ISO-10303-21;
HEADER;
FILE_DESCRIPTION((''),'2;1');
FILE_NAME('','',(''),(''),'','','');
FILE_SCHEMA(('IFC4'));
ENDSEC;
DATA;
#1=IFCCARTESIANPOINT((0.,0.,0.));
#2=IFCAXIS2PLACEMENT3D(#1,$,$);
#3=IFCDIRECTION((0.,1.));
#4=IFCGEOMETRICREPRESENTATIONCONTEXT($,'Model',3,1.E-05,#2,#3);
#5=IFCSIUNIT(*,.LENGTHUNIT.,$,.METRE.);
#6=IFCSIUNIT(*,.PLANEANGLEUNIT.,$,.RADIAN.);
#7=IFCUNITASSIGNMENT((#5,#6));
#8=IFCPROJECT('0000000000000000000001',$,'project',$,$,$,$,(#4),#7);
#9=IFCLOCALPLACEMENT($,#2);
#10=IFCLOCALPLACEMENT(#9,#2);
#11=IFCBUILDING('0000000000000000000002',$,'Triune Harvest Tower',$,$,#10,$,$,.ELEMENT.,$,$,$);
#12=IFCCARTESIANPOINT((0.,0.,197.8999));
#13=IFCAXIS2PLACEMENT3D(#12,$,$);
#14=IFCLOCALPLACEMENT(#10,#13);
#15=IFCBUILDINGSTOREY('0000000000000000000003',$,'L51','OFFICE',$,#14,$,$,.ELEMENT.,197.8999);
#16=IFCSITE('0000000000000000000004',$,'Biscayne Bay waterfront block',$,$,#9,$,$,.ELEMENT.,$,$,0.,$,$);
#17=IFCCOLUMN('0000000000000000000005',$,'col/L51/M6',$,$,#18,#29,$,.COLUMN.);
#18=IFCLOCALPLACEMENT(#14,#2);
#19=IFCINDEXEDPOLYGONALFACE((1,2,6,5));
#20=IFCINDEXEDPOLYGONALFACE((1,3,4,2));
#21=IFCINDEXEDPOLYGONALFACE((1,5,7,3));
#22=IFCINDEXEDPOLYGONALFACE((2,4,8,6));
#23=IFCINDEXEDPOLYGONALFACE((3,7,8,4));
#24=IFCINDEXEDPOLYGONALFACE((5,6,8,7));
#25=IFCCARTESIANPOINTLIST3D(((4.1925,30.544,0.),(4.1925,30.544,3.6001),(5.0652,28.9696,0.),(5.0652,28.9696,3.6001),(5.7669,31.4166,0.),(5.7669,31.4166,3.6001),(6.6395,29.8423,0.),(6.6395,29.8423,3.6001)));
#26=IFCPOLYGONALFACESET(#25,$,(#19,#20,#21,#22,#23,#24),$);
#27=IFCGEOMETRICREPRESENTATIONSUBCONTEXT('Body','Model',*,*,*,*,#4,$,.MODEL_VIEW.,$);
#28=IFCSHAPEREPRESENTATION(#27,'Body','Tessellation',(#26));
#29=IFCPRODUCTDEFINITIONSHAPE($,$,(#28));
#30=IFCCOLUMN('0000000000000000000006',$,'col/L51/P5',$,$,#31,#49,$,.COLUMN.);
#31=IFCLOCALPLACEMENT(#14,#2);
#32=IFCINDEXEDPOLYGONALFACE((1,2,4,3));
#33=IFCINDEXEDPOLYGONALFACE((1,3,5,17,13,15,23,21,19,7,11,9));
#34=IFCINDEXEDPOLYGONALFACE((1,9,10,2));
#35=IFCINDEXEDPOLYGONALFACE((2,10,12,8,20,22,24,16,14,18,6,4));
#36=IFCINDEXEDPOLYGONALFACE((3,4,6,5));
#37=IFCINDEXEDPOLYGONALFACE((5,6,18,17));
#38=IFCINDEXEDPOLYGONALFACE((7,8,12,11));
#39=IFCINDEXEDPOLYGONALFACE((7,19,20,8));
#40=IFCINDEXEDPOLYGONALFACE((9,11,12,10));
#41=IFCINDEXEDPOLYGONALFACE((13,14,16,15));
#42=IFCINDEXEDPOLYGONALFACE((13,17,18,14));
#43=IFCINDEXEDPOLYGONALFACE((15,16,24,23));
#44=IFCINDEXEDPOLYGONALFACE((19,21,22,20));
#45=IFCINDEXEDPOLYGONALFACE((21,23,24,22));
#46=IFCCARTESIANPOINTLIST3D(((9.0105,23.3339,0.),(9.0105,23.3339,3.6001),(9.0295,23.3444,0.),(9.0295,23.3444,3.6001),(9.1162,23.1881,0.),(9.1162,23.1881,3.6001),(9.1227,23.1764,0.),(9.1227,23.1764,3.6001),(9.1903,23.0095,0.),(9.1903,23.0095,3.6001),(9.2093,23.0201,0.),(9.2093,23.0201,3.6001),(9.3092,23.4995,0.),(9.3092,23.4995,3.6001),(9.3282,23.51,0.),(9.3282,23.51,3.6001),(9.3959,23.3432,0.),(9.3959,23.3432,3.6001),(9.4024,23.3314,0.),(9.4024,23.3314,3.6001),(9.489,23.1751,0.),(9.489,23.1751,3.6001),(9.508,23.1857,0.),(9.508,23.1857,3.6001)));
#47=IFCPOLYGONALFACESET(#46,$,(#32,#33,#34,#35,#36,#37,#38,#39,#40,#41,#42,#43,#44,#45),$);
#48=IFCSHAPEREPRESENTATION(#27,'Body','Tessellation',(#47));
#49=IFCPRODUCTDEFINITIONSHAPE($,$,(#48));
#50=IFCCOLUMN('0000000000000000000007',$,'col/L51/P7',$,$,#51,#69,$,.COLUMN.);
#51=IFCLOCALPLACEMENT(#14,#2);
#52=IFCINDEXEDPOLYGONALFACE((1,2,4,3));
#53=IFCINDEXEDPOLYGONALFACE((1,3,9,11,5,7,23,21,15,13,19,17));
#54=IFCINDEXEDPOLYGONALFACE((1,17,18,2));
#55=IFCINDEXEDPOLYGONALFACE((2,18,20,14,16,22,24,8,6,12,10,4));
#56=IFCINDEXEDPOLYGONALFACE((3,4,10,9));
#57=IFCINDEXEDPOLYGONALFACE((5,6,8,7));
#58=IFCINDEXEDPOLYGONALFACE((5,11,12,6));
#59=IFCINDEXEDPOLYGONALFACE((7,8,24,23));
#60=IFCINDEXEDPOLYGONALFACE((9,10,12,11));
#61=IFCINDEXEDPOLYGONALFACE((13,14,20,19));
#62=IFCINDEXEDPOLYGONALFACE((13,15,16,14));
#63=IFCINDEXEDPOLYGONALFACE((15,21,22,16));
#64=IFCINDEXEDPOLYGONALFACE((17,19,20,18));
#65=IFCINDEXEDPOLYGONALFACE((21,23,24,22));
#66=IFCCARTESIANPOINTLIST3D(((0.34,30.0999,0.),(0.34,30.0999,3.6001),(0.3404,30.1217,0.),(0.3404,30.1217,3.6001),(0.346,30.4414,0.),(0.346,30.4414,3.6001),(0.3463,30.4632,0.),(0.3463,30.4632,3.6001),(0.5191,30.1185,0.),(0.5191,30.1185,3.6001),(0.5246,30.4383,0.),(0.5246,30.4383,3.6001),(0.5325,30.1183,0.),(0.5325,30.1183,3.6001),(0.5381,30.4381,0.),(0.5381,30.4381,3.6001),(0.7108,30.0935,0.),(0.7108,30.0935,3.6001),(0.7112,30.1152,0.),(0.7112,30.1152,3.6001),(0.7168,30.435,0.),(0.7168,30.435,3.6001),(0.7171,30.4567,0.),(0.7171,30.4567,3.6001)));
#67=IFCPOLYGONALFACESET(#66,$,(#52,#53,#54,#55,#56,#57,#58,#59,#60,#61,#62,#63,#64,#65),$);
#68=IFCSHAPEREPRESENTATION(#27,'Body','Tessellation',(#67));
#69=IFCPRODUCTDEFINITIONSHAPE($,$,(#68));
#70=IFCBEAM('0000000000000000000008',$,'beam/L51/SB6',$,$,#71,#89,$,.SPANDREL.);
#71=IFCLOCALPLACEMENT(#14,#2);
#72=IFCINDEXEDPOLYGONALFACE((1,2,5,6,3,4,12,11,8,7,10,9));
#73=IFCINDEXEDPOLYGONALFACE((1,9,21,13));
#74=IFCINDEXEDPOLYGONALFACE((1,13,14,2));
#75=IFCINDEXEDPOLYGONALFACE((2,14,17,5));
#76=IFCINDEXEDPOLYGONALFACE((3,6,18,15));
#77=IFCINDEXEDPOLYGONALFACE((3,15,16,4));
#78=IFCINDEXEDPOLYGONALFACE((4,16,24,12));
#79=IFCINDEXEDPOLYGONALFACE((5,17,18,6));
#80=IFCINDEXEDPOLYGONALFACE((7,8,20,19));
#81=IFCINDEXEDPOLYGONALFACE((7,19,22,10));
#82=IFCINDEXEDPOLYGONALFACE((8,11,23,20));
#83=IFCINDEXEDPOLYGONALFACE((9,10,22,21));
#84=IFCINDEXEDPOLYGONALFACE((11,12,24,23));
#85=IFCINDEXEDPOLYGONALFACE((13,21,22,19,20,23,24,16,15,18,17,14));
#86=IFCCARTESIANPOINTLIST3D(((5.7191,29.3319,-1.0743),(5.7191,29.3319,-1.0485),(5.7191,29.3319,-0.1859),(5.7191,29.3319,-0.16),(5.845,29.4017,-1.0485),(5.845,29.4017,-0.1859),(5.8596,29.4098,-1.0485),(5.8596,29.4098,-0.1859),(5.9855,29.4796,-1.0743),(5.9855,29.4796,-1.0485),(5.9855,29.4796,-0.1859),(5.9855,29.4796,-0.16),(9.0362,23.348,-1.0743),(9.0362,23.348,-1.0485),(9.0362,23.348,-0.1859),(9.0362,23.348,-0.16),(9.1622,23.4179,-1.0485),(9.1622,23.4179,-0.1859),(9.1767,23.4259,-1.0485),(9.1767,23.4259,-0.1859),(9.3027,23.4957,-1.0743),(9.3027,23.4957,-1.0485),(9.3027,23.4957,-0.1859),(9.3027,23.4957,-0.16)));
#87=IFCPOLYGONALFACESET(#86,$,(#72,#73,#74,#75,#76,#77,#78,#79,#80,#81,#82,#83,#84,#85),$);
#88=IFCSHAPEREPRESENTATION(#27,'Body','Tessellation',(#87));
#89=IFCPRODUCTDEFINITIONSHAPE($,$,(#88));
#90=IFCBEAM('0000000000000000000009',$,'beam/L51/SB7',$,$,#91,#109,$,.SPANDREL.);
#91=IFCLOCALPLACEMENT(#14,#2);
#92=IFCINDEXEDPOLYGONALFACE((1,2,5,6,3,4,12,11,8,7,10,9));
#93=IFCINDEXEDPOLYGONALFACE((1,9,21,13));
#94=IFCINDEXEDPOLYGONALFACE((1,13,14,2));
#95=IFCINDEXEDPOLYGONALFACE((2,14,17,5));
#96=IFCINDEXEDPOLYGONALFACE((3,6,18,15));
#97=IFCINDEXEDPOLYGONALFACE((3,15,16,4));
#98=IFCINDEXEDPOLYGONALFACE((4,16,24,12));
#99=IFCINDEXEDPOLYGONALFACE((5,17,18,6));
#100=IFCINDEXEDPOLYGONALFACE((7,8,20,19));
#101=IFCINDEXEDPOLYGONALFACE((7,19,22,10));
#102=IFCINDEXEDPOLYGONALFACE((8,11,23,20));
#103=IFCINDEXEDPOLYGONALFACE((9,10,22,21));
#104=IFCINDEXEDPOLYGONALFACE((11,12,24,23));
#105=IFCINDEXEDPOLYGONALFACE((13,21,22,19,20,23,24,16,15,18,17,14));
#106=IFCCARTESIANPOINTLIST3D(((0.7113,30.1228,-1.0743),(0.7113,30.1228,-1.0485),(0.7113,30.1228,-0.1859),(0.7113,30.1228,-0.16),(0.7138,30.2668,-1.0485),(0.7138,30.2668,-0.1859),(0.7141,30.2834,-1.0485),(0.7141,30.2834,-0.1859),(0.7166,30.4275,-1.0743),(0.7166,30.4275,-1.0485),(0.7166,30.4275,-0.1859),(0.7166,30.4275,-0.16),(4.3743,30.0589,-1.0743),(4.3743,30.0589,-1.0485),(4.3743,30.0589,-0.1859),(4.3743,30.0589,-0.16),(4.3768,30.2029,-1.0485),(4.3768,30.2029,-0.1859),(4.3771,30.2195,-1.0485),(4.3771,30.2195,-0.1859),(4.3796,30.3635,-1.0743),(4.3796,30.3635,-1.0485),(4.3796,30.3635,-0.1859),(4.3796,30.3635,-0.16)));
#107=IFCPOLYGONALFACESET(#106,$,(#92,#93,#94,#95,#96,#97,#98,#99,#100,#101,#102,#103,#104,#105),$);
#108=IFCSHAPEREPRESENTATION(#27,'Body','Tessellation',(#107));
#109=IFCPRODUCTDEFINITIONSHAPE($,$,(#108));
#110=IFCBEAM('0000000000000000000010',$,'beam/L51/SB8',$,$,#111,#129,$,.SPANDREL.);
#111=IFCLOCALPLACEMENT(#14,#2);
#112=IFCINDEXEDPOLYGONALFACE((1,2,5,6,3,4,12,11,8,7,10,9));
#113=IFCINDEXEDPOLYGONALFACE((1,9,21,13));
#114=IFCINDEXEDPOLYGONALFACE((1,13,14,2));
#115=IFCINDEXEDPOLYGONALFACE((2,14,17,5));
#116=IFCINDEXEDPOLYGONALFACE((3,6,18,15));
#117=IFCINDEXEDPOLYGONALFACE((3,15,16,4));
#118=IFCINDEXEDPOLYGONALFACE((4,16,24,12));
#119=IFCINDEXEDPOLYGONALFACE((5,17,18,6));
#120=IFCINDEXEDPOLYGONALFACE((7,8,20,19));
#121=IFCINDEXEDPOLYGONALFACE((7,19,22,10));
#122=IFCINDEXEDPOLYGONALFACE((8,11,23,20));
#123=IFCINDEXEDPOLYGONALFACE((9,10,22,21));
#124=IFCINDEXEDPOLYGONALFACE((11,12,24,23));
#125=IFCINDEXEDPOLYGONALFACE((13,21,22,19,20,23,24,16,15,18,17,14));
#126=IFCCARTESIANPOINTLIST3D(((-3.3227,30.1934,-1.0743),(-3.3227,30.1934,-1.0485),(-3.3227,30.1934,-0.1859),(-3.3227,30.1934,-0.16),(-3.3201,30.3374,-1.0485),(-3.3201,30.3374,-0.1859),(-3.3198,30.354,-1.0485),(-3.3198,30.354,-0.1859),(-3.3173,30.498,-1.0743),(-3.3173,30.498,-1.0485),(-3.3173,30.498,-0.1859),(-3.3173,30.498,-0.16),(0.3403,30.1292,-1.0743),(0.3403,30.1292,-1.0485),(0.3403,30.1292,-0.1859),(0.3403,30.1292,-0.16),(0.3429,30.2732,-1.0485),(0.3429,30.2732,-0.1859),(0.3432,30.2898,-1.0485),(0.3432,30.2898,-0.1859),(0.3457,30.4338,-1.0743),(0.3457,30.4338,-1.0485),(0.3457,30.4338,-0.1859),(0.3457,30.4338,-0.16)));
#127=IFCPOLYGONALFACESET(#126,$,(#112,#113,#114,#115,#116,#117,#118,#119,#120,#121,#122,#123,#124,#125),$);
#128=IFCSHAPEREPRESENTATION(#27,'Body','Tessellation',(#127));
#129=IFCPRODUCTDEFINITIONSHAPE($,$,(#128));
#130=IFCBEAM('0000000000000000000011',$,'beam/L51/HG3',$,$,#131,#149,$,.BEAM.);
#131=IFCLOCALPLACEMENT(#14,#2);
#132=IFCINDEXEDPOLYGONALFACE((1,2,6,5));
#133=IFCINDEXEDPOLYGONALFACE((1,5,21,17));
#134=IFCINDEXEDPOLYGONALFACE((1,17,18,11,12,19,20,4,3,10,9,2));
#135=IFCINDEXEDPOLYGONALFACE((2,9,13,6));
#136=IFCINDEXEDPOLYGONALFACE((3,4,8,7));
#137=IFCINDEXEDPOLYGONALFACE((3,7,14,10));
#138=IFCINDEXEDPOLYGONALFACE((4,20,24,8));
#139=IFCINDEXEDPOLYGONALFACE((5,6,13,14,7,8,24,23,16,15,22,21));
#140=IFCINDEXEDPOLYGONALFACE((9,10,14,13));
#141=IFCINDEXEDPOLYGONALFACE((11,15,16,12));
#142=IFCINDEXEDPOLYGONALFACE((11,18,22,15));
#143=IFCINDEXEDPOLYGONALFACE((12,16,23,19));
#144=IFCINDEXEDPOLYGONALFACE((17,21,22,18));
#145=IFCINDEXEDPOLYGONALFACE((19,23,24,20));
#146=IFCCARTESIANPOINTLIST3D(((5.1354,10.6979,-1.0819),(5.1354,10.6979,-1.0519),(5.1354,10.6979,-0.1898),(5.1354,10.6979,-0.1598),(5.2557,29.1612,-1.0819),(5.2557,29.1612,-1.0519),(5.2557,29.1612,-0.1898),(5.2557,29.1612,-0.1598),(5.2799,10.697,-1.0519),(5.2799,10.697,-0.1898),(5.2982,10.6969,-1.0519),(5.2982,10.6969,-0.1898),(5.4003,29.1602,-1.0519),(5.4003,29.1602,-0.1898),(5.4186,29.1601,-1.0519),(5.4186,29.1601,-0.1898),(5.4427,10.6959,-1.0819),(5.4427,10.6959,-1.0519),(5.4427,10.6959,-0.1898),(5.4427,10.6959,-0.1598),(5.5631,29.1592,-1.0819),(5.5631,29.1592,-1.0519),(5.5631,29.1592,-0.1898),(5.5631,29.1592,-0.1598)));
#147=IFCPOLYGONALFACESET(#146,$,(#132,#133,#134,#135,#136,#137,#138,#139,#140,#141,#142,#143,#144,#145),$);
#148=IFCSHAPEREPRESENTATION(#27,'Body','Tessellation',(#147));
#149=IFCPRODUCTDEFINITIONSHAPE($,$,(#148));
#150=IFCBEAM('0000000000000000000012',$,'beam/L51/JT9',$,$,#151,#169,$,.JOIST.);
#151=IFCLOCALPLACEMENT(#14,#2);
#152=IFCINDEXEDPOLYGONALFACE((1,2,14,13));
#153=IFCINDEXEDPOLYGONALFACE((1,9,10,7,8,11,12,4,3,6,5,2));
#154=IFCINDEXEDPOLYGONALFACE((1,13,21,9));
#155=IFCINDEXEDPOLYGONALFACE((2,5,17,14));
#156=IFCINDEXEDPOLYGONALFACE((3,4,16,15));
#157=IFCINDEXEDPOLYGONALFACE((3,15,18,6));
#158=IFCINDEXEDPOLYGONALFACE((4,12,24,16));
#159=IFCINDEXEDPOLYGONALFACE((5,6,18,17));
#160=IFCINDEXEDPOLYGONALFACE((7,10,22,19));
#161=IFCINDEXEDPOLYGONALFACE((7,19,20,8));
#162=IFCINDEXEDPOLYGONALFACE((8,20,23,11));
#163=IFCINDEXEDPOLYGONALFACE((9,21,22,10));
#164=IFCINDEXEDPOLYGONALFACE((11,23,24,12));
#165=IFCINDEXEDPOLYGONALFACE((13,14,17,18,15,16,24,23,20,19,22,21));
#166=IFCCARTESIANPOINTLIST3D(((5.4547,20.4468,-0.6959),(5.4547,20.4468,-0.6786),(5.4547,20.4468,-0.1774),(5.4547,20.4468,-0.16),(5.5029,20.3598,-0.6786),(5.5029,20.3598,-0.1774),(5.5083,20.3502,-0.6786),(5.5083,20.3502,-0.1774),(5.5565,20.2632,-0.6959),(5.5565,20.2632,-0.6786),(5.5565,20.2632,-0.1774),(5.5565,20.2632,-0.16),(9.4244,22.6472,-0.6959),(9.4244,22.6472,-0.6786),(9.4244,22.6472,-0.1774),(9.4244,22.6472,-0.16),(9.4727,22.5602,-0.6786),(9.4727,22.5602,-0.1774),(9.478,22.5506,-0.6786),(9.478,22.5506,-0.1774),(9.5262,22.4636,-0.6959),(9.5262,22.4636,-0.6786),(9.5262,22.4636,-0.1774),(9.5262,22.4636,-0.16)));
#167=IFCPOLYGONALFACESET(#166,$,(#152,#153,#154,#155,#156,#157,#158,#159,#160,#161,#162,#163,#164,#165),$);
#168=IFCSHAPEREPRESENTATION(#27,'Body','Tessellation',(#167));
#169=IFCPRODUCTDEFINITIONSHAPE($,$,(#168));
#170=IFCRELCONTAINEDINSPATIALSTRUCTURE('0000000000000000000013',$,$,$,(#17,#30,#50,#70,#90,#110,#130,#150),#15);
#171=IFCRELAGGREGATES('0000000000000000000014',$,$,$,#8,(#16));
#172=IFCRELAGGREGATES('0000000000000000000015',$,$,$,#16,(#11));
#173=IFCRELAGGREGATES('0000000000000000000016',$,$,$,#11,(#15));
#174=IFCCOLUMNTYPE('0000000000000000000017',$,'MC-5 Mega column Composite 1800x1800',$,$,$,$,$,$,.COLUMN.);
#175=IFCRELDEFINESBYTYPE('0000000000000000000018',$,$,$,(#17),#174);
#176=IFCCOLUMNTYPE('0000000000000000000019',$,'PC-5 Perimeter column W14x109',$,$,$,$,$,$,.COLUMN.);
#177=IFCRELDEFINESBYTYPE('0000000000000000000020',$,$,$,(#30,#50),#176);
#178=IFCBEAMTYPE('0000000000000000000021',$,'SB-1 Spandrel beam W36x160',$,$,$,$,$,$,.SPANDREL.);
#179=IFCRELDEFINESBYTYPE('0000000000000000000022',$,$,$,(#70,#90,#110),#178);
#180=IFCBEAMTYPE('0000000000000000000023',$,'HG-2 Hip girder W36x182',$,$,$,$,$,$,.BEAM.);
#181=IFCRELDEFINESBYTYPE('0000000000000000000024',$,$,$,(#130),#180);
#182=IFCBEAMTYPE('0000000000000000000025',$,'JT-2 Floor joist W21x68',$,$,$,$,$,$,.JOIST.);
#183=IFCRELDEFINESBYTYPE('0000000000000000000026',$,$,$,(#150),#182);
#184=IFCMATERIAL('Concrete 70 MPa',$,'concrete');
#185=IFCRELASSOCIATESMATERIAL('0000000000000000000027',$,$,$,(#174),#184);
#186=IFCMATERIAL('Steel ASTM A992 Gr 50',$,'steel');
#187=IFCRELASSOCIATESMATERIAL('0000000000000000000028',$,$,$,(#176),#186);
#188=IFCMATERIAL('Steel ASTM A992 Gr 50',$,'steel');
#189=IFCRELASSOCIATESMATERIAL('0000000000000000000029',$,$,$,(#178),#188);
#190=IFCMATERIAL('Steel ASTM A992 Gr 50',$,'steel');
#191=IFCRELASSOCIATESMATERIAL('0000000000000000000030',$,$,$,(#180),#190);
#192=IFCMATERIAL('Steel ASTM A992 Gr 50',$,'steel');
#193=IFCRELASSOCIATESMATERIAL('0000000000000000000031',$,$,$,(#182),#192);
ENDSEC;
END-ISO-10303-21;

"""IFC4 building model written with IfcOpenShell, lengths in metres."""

from ifc_helpers import new_model, si_unit, direction, frame, origin, origin_2d, place, context, subcontext, project, spatial, rectangle, i_section, extrude, source, transform, mapped, material, material_profile, profile_set, type_object, element, save


model = new_model("IFC4")

# Units and contexts
model_context = context("Model", 3, precision=1e-05, world=origin(), true_north=direction((0.0, 1.0)))
body_context = subcontext(model_context, "Body", "Model", "MODEL_VIEW")
ifc_project = project(units=[si_unit("LENGTHUNIT", "METRE"), si_unit("PLANEANGLEUNIT", "RADIAN")], contexts=[model_context])

# Site, building, storey
site_placement = place(None, origin())
site = spatial("IfcSite", under=ifc_project, at=site_placement, Name="Biscayne Bay waterfront block", CompositionType="ELEMENT", RefElevation=0.0)
building_placement = place(site_placement, origin())
building = spatial("IfcBuilding", under=site, at=building_placement, Name="Triune Harvest Tower", CompositionType="ELEMENT")
storey_placement = place(building_placement, frame((0.0, 0.0, 197.8999)))
storey = spatial("IfcBuildingStorey", under=building, at=storey_placement, Name="L51", Description="OFFICE", CompositionType="ELEMENT", Elevation=197.8999)

# Columns
ifc_material_1 = material(Name="Concrete 70 MPa", Category="concrete")
ifc_material_profile_1 = material_profile(ifc_material_1, rectangle(XDim=1.8, YDim=1.8, at=origin_2d()), Name="Composite 1800x1800")
ifc_profile_set_1 = profile_set([ifc_material_profile_1], Name="Concrete 70 MPa")
column_type_1 = type_object("IfcColumnType", Name="MC-5 Mega column Composite 1800x1800", PredefinedType="COLUMN", material=ifc_profile_set_1)
shared_shape_1 = source(origin(), body_context, "Body", "SweptSolid", [
    extrude(rectangle(XDim=1.8, YDim=1.8, at=origin_2d()), origin(), (0.0, 0.0, 1.0), 3.6001),
])
column_placement = place(storey_placement, frame((5.416, 30.1931, 0.0), z_axis=(0.0, 0.0, 1.0), x_axis=(-0.48481, 0.87462, 0.0)))
element("IfcColumn", 1, at=column_placement, inside=storey, type_object=column_type_1, Name="col/L51/M6", PredefinedType="COLUMN", context=body_context, shape_type="MappedRepresentation", body=[
    mapped(shared_shape_1, transform((0.0, 0.0, 0.0), scale=1.0)),
])
ifc_material_2 = material(Name="Steel ASTM A992 Gr 50", Category="steel")
ifc_material_profile_2 = material_profile(ifc_material_2, i_section(OverallWidth=0.3708, OverallDepth=0.3633, WebThickness=0.0134, FlangeThickness=0.0217, at=origin_2d()), Name="W14x109")
ifc_profile_set_2 = profile_set([ifc_material_profile_2], Name="Steel ASTM A992 Gr 50")
column_type_2 = type_object("IfcColumnType", Name="PC-5 Perimeter column W14x109", PredefinedType="COLUMN", material=ifc_profile_set_2)
shared_shape_2 = source(origin(), body_context, "Body", "SweptSolid", [
    extrude(i_section(OverallWidth=0.3708, OverallDepth=0.3633, WebThickness=0.0134, FlangeThickness=0.0217, at=origin_2d()), origin(), (0.0, 0.0, 1.0), 3.6001),
])
for number, where, z_axis, x_axis, name in (
    (2, (9.2593, 23.2598, 0.0), (0.0, 0.0, 1.0), (-0.48481, 0.87462, 0.0), "col/L51/P5"),
    (3, (0.5286, 30.2783, 0.0), (0.0, 0.0, 1.0), (-0.999848, 0.017451, 0.0), "col/L51/P7"),
):
    element("IfcColumn", number, at=place(storey_placement, frame(where, z_axis=z_axis, x_axis=x_axis)), inside=storey, type_object=column_type_2, Name=name, PredefinedType="COLUMN", context=body_context, shape_type="MappedRepresentation", body=[
        mapped(shared_shape_2, transform((0.0, 0.0, 0.0), scale=1.0)),
    ])

# Beams
ifc_material_3 = material(Name="Steel ASTM A992 Gr 50", Category="steel")
ifc_material_profile_3 = material_profile(ifc_material_3, i_section(OverallWidth=0.3047, OverallDepth=0.9143, WebThickness=0.0166, FlangeThickness=0.0259, at=origin_2d()), Name="W36x160")
ifc_profile_set_3 = profile_set([ifc_material_profile_3], Name="Steel ASTM A992 Gr 50")
beam_type_1 = type_object("IfcBeamType", Name="SB-1 Spandrel beam W36x160", PredefinedType="SPANDREL", material=ifc_profile_set_3)
shared_shape_3 = source(origin(), body_context, "Body", "SweptSolid", [
    extrude(i_section(OverallWidth=0.3047, OverallDepth=0.9143, WebThickness=0.0166, FlangeThickness=0.0259, at=origin_2d()), origin(), (0.0, 0.0, 1.0), 6.8418),
])
beam_1_placement = place(storey_placement, frame((9.1694, 23.4219, -0.6172), z_axis=(-0.484834, 0.874606, 0.0), x_axis=(-0.874606, -0.484834, 0.0)))
element("IfcBeam", 4, at=beam_1_placement, inside=storey, type_object=beam_type_1, Name="beam/L51/SB6", PredefinedType="SPANDREL", context=body_context, shape_type="MappedRepresentation", body=[
    mapped(shared_shape_3, transform((0.0, 0.0, 0.0), scale=1.0)),
])
shared_shape_4 = source(origin(), body_context, "Body", "SweptSolid", [
    extrude(i_section(OverallWidth=0.3047, OverallDepth=0.9143, WebThickness=0.0166, FlangeThickness=0.0259, at=origin_2d()), origin(), (0.0, 0.0, 1.0), 3.6636),
])
for number, where, z_axis, x_axis, name in (
    (5, (4.377, 30.2112, -0.6172), (-0.999848, 0.017459, 0.0), (-0.017459, -0.999848, 0.0), "beam/L51/SB7"),
    (6, (0.343, 30.2815, -0.6172), (-0.999846, 0.017526, 0.0), (-0.017526, -0.999846, 0.0), "beam/L51/SB8"),
):
    element("IfcBeam", number, at=place(storey_placement, frame(where, z_axis=z_axis, x_axis=x_axis)), inside=storey, type_object=beam_type_1, Name=name, PredefinedType="SPANDREL", context=body_context, shape_type="MappedRepresentation", body=[
        mapped(shared_shape_4, transform((0.0, 0.0, 0.0), scale=1.0)),
    ])
ifc_material_4 = material(Name="Steel ASTM A992 Gr 50", Category="steel")
ifc_material_profile_4 = material_profile(ifc_material_4, i_section(OverallWidth=0.3074, OverallDepth=0.9221, WebThickness=0.0183, FlangeThickness=0.03, at=origin_2d()), Name="W36x182")
ifc_profile_set_4 = profile_set([ifc_material_profile_4], Name="Steel ASTM A992 Gr 50")
beam_type_2 = type_object("IfcBeamType", Name="HG-2 Hip girder W36x182", PredefinedType="BEAM", material=ifc_profile_set_4)
shared_shape_5 = source(origin(), body_context, "Body", "SweptSolid", [
    extrude(i_section(OverallWidth=0.3074, OverallDepth=0.9221, WebThickness=0.0183, FlangeThickness=0.03, at=origin_2d()), origin(), (0.0, 0.0, 1.0), 18.4636),
])
beam_2_placement = place(storey_placement, frame((5.4094, 29.1602, -0.6208), z_axis=(-0.006519, -0.999979, 0.0), x_axis=(0.999979, -0.006519, 0.0)))
element("IfcBeam", 7, at=beam_2_placement, inside=storey, type_object=beam_type_2, Name="beam/L51/HG3", PredefinedType="BEAM", context=body_context, shape_type="MappedRepresentation", body=[
    mapped(shared_shape_5, transform((0.0, 0.0, 0.0), scale=1.0)),
])
ifc_material_5 = material(Name="Steel ASTM A992 Gr 50", Category="steel")
ifc_material_profile_5 = material_profile(ifc_material_5, i_section(OverallWidth=0.21, OverallDepth=0.5359, WebThickness=0.011, FlangeThickness=0.0173, at=origin_2d()), Name="W21x68")
ifc_profile_set_5 = profile_set([ifc_material_profile_5], Name="Steel ASTM A992 Gr 50")
beam_type_3 = type_object("IfcBeamType", Name="JT-2 Floor joist W21x68", PredefinedType="JOIST", material=ifc_profile_set_5)
shared_shape_6 = source(origin(), body_context, "Body", "SweptSolid", [
    extrude(i_section(OverallWidth=0.21, OverallDepth=0.5359, WebThickness=0.011, FlangeThickness=0.0173, at=origin_2d()), origin(), (0.0, 0.0, 1.0), 4.5388),
])
beam_3_placement = place(storey_placement, frame((9.4753, 22.5554, -0.428), z_axis=(-0.874621, -0.484807, 0.0), x_axis=(0.484807, -0.874621, 0.0)))
element("IfcBeam", 8, at=beam_3_placement, inside=storey, type_object=beam_type_3, Name="beam/L51/JT9", PredefinedType="JOIST", context=body_context, shape_type="MappedRepresentation", body=[
    mapped(shared_shape_6, transform((0.0, 0.0, 0.0), scale=1.0)),
])

save(model, "model.ifc")
